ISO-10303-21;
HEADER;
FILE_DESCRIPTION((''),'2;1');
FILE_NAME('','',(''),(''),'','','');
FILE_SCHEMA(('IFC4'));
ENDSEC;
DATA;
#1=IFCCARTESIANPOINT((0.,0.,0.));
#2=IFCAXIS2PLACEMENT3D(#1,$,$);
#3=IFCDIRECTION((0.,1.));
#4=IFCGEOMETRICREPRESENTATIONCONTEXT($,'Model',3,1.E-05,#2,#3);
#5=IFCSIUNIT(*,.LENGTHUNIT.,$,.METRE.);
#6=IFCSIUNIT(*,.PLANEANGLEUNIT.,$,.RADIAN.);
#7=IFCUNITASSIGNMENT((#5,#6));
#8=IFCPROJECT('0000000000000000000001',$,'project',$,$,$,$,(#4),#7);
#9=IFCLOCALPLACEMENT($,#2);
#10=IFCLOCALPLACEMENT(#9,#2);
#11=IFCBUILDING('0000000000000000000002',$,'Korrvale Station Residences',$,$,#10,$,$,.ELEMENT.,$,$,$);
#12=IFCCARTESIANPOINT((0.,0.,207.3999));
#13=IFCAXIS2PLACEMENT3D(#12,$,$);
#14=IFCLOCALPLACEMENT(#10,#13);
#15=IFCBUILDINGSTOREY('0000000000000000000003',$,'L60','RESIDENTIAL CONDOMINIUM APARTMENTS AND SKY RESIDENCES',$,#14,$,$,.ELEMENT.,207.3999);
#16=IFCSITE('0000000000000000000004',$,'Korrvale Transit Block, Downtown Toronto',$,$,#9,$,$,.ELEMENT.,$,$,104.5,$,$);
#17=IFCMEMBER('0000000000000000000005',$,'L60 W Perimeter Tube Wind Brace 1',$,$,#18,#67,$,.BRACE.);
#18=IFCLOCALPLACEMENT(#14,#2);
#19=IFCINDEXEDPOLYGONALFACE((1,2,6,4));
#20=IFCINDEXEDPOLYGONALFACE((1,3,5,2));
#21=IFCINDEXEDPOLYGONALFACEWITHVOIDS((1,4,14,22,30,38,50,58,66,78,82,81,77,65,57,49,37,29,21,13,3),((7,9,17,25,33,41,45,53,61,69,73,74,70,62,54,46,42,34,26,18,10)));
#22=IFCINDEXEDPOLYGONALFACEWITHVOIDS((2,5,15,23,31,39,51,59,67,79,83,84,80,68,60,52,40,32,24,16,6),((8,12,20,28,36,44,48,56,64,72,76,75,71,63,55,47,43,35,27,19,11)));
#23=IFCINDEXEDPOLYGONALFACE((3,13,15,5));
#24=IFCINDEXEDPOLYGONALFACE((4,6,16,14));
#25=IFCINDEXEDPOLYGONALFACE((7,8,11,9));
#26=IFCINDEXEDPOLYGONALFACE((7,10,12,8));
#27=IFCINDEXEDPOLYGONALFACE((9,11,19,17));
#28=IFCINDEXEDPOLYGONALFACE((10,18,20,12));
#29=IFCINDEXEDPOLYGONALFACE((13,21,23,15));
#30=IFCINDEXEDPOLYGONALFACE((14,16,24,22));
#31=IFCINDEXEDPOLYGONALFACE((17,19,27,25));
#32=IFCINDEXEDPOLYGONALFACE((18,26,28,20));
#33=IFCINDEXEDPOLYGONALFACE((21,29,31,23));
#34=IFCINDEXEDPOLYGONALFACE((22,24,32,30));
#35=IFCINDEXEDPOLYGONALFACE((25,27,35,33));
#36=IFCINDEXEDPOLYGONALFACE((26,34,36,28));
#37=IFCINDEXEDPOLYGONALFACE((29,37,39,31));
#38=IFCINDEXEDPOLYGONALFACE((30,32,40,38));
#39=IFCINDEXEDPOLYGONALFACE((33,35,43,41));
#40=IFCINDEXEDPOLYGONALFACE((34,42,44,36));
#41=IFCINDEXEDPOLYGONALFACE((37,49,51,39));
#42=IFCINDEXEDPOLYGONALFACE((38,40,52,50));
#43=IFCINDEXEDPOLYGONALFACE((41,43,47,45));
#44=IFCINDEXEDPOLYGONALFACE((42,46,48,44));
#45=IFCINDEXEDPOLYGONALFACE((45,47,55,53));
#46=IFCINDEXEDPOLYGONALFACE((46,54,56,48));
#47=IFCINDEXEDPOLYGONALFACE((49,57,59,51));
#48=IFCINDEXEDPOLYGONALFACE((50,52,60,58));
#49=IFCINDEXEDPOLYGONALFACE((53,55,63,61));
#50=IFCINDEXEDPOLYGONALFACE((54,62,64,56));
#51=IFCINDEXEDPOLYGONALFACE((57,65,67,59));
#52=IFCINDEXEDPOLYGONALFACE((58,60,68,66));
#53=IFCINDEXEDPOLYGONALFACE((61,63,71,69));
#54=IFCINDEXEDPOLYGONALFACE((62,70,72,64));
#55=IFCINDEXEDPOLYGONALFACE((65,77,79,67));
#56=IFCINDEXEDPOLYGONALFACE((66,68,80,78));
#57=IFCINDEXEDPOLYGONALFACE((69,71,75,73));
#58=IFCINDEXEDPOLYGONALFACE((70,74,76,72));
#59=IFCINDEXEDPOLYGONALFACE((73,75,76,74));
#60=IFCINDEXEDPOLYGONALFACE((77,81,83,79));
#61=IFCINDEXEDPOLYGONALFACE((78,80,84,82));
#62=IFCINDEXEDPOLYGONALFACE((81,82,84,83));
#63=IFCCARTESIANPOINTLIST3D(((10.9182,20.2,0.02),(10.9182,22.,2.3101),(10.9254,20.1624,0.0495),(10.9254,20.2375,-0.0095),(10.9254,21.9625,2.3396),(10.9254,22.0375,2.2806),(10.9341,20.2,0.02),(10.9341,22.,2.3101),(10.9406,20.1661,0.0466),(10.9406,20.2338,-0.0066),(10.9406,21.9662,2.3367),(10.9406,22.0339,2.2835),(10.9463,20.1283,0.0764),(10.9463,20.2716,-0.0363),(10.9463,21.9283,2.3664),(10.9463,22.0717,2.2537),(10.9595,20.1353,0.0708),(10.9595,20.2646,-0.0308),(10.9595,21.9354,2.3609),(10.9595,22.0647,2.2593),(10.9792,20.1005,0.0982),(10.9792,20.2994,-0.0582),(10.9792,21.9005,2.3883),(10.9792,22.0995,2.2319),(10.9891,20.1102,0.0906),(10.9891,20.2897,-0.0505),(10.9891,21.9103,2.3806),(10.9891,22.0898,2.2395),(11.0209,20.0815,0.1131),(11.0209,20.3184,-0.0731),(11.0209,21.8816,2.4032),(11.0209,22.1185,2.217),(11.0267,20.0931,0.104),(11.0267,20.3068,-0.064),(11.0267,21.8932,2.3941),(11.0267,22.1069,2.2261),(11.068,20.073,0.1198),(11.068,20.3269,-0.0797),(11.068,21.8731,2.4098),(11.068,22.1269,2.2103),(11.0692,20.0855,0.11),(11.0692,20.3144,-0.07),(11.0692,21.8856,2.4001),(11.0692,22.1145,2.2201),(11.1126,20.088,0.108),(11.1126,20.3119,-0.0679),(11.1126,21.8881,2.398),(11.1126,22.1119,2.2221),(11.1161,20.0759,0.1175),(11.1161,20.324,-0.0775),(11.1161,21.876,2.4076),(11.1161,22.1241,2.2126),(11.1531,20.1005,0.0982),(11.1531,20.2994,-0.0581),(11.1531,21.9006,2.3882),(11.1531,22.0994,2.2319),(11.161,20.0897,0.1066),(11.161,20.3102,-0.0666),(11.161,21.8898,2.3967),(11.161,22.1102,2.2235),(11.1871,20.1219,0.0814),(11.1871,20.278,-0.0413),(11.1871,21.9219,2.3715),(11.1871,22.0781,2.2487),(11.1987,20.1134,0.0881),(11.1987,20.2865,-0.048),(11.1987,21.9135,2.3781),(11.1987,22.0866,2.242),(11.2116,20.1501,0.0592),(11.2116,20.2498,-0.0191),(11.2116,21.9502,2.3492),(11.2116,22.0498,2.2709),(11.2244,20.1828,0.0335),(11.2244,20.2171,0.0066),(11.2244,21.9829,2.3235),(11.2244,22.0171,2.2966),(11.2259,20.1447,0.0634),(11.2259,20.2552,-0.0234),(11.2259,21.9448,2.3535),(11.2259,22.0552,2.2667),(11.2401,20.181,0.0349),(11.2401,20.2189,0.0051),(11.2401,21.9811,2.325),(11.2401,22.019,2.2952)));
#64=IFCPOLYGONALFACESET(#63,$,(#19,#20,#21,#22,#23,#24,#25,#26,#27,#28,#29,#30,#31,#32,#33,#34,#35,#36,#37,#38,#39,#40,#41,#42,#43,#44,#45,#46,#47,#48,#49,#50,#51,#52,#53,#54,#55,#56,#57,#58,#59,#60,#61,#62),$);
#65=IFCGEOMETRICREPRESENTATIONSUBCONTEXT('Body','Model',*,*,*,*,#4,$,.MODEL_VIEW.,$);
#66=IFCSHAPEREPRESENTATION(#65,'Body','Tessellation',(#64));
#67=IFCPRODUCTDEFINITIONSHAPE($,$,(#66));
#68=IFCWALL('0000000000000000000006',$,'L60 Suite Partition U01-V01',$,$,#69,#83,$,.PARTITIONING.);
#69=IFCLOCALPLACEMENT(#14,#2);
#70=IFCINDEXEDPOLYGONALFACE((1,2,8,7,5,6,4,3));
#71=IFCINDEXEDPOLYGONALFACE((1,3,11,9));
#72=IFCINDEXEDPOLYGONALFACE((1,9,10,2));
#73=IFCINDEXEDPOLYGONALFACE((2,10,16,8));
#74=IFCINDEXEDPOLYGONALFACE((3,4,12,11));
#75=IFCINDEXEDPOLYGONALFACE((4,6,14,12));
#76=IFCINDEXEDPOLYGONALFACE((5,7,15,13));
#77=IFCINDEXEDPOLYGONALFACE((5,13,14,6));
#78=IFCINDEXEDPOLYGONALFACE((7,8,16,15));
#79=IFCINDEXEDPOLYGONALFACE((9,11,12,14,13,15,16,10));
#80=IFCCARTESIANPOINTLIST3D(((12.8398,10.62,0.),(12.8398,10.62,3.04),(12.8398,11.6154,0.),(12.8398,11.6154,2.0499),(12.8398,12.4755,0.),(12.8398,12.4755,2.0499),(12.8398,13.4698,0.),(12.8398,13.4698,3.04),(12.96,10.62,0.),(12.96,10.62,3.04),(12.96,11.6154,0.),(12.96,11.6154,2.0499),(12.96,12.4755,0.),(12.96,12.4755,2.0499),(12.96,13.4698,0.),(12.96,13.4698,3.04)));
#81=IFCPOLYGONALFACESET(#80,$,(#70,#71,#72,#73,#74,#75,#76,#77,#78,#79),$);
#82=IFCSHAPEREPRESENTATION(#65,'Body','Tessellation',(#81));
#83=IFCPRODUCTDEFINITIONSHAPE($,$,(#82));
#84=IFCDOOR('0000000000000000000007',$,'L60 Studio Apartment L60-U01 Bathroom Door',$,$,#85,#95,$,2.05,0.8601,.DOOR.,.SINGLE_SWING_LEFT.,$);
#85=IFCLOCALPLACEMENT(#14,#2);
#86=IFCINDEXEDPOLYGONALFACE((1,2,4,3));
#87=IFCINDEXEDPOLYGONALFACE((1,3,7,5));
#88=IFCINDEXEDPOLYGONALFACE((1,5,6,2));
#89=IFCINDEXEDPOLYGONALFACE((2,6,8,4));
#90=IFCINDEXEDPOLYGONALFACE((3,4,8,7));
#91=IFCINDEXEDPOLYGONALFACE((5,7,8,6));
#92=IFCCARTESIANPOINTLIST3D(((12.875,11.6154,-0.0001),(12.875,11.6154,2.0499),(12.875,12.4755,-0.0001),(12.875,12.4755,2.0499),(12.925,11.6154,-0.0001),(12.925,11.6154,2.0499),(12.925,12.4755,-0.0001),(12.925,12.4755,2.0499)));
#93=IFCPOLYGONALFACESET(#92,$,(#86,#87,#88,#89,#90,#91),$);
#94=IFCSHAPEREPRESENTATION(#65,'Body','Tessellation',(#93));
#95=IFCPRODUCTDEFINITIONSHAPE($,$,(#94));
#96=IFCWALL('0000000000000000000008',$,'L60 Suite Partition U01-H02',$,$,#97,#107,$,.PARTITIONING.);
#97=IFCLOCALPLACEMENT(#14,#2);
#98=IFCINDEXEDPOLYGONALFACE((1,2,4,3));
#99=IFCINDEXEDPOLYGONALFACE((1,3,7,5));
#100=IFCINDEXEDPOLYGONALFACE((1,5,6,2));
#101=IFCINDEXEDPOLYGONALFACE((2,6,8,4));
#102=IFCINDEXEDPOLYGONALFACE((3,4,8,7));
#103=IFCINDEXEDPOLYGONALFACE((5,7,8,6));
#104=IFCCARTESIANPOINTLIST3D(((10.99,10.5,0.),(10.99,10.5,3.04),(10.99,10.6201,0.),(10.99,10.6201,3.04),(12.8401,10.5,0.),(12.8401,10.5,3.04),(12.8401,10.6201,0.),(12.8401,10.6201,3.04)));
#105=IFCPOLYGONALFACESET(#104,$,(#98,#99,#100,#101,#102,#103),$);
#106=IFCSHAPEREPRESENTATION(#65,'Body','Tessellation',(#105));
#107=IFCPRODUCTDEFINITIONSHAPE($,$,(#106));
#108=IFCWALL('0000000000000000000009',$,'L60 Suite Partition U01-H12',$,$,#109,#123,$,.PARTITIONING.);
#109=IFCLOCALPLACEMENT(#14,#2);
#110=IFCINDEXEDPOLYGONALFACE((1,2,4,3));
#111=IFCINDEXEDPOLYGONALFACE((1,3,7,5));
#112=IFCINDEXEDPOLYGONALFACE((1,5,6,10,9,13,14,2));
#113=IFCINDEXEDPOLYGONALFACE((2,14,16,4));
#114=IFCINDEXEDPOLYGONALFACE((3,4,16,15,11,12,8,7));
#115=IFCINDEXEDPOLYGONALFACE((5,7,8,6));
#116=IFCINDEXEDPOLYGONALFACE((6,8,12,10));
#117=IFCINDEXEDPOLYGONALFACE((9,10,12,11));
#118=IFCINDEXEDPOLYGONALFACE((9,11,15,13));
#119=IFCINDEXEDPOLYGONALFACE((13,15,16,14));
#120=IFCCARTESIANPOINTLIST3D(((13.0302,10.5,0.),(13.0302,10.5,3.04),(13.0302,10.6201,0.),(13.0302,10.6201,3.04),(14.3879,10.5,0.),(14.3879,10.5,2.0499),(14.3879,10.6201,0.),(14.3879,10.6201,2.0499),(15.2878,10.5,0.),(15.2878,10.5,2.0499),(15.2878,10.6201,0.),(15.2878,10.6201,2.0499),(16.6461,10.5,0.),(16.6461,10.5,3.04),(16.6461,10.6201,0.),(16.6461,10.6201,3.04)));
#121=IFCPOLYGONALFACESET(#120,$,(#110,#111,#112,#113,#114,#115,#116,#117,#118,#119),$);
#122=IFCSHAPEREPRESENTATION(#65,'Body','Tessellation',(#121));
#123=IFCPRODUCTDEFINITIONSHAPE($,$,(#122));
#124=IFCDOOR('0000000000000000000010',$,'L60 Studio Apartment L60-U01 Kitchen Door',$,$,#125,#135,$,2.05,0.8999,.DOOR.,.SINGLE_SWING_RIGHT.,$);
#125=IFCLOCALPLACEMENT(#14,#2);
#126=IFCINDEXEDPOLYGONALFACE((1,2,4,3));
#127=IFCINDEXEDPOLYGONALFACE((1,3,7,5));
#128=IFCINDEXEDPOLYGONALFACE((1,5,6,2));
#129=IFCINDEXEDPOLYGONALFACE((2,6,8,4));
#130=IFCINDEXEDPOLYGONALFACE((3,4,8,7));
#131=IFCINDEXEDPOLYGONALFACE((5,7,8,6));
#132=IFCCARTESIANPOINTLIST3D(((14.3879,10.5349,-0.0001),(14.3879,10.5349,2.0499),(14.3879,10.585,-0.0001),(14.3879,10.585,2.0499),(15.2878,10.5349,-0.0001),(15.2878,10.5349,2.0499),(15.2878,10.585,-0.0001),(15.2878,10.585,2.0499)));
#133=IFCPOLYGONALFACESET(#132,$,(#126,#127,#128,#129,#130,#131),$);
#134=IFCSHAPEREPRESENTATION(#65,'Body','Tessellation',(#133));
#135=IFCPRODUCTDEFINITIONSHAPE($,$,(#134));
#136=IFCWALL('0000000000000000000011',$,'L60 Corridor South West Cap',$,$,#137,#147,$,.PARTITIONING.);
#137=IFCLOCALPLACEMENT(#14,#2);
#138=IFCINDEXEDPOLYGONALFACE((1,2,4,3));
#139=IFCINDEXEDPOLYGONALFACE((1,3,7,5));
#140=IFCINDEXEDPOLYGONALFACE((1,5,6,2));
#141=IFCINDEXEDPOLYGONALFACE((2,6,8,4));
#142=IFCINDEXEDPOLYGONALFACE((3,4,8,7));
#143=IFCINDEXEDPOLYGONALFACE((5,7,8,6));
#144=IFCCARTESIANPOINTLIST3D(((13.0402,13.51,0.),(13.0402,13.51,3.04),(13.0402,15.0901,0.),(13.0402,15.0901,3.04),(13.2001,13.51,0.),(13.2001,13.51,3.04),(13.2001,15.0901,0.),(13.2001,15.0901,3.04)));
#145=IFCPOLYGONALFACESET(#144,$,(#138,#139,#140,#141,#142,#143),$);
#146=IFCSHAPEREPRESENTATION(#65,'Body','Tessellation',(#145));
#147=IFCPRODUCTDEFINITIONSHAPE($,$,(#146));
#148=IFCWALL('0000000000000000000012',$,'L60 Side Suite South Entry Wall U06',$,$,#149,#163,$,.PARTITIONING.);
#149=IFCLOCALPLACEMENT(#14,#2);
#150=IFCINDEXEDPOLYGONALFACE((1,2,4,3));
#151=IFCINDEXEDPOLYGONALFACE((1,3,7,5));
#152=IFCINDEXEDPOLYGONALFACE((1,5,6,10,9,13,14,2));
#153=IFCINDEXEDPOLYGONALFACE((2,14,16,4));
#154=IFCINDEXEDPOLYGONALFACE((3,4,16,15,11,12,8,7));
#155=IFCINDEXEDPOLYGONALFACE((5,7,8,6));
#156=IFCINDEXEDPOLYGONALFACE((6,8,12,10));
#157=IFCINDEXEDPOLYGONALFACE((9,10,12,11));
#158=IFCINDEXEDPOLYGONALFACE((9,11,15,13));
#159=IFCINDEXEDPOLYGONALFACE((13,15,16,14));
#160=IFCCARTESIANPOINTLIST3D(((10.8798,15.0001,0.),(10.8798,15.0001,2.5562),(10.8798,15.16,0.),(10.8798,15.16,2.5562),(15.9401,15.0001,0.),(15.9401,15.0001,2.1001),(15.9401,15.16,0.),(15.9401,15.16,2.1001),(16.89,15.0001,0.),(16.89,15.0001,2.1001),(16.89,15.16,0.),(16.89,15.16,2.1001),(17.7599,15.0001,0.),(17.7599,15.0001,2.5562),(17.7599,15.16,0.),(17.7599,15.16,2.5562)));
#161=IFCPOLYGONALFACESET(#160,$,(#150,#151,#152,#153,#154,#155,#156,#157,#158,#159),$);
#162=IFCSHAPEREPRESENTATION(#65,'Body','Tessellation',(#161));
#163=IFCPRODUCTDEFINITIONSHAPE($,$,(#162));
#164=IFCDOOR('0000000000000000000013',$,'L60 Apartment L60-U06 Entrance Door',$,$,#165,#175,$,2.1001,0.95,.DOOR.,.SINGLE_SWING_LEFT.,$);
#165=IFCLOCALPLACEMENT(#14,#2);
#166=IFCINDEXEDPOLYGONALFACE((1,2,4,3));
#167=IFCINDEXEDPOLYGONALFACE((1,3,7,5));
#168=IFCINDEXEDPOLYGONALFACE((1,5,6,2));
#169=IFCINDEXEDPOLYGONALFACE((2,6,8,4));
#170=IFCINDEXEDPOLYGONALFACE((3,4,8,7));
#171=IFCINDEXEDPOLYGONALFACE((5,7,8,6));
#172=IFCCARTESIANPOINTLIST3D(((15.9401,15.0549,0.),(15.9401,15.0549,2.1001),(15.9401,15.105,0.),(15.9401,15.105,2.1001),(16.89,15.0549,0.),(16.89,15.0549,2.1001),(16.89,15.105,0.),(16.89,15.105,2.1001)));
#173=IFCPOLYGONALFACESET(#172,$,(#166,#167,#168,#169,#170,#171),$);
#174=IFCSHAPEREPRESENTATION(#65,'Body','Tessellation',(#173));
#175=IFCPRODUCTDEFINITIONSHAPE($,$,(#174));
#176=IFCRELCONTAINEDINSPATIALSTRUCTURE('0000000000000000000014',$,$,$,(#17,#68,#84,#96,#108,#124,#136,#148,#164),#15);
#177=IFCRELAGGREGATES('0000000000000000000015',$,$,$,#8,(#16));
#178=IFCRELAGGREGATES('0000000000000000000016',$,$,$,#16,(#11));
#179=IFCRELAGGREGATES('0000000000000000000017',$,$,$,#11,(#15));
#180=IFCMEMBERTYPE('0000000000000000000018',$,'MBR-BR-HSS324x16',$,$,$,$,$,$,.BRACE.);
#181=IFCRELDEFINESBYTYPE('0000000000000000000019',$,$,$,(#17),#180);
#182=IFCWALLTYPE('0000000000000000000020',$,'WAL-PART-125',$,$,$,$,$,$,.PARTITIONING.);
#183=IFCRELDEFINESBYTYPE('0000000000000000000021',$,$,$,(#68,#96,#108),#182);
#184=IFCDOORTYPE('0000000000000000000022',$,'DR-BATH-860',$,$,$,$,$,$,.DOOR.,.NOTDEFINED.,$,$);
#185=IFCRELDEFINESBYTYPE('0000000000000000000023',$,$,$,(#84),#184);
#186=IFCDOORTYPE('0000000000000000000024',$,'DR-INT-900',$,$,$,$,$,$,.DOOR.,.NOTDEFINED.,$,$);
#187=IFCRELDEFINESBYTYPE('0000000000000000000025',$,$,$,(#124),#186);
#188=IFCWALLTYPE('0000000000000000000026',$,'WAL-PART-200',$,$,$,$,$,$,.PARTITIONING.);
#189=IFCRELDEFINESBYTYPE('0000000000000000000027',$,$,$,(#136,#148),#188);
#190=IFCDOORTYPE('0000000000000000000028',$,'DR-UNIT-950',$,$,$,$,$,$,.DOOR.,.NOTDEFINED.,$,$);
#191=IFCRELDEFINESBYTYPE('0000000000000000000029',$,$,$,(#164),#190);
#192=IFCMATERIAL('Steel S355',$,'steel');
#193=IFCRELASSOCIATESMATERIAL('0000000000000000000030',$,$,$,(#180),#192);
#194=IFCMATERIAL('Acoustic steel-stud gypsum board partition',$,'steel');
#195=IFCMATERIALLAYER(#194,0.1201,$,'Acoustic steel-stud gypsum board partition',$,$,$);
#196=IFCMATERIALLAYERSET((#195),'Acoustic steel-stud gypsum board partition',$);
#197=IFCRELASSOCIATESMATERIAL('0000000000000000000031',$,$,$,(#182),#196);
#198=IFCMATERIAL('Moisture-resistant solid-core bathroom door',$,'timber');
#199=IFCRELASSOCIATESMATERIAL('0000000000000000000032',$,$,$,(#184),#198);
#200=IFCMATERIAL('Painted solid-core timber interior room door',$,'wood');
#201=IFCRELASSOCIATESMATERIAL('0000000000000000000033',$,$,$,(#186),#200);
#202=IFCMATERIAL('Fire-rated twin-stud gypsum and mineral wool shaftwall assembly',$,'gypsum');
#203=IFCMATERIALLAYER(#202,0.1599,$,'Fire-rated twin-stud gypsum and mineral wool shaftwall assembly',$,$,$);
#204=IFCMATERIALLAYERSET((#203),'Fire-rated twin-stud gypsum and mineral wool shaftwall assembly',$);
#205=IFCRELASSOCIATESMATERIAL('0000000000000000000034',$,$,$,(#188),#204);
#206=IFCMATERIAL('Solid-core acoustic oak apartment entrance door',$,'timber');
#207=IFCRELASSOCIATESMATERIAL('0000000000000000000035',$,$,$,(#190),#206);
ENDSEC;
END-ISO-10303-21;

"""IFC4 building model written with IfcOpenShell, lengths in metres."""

from ifc_helpers import new_model, si_unit, direction, frame, frame_2d, origin, origin_2d, place, context, subcontext, project, spatial, rectangle, hollow_circle, extrude, material, layer, layer_set, material_profile, profile_set, type_object, element, fill, save


model = new_model("IFC4")

# Units and contexts
model_context = context("Model", 3, precision=1e-05, world=origin(), true_north=direction((0.0, 1.0)))
body_context = subcontext(model_context, "Body", "Model", "MODEL_VIEW")
ifc_project = project(units=[si_unit("LENGTHUNIT", "METRE"), si_unit("PLANEANGLEUNIT", "RADIAN")], contexts=[model_context])

# Site, building, storey
site_placement = place(None, origin())
site = spatial("IfcSite", under=ifc_project, at=site_placement, Name="Korrvale Transit Block, Downtown Toronto", CompositionType="ELEMENT", RefElevation=104.5)
building_placement = place(site_placement, origin())
building = spatial("IfcBuilding", under=site, at=building_placement, Name="Korrvale Station Residences", CompositionType="ELEMENT")
storey_placement = place(building_placement, frame((0.0, 0.0, 207.3999)))
storey = spatial("IfcBuildingStorey", under=building, at=storey_placement, Name="L60", Description="RESIDENTIAL CONDOMINIUM APARTMENTS AND SKY RESIDENCES", CompositionType="ELEMENT", Elevation=207.3999)

# Shared definitions
ifc_material_1 = material(Name="Steel S355", Category="steel")

# Member
ifc_material_profile_1 = material_profile(ifc_material_1, hollow_circle(Radius=0.1619, WallThickness=0.0159, at=origin_2d()), Name="HSS324x16")
ifc_profile_set_1 = profile_set([ifc_material_profile_1], Name="Steel S355")
member_type = type_object("IfcMemberType", Name="MBR-BR-HSS324x16", PredefinedType="BRACE", material=ifc_profile_set_1)
member_placement = place(storey_placement, frame((11.0801, 20.2, 0.02), z_axis=(0.0, 0.617977, 0.786196), x_axis=(-1.0, 0.0, 0.0)))
element("IfcMember", 1, at=member_placement, inside=storey, type_object=member_type, Name="L60 W Perimeter Tube Wind Brace 1", PredefinedType="BRACE", context=body_context, shape_type="SweptSolid", body=[
    extrude(hollow_circle(Radius=0.1619, WallThickness=0.0159, at=origin_2d()), origin(), (0.0, 0.0, 1.0), 2.9128),
])

# Wall, opening, door
ifc_material_2 = material(Name="Acoustic steel-stud gypsum board partition", Category="steel")
ifc_layer_1 = layer(ifc_material_2, 0.1201, Name="Acoustic steel-stud gypsum board partition")
ifc_layer_set_1 = layer_set([ifc_layer_1], Name="Acoustic steel-stud gypsum board partition")
wall_type_1 = type_object("IfcWallType", Name="WAL-PART-125", PredefinedType="PARTITIONING", material=ifc_layer_set_1)
wall_1_placement = place(storey_placement, frame((12.8999, 10.6201, 0.0), z_axis=(0.0, 0.0, 1.0), x_axis=(0.0, 1.0, 0.0)))
wall_1 = element("IfcWall", 2, at=wall_1_placement, inside=storey, type_object=wall_type_1, Name="L60 Suite Partition U01-V01", PredefinedType="PARTITIONING", context=body_context, shape_type="SweptSolid", body=[
    extrude(rectangle(XDim=2.8499, YDim=0.1201, at=frame_2d((1.4248, 0.0))), origin(), (0.0, 0.0, 1.0), 3.04),
])
opening_1_placement = place(wall_1_placement, frame((0.9951, 0.0, 0.0)))
opening_1 = element("IfcOpeningElement", 3, at=opening_1_placement, cuts=wall_1, PredefinedType="OPENING", context=body_context, shape_type="SweptSolid", body=[
    extrude(rectangle(XDim=0.8601, YDim=2.05, at=frame_2d((0.4302, 1.0249))), frame((0.0, 0.0701, 0.0), z_axis=(0.0, -1.0, 0.0), x_axis=(1.0, 0.0, 0.0)), (0.0, 0.0, 1.0), 0.1401),
])
ifc_material_3 = material(Name="Moisture-resistant solid-core bathroom door", Category="timber")
door_type_1 = type_object("IfcDoorType", Name="DR-BATH-860", OperationType="NOTDEFINED", PredefinedType="DOOR", material=ifc_material_3)
door_1_placement = place(opening_1_placement, origin())
door_1 = element("IfcDoor", 4, at=door_1_placement, inside=storey, type_object=door_type_1, Name="L60 Studio Apartment L60-U01 Bathroom Door", OperationType="SINGLE_SWING_LEFT", OverallHeight=2.05, OverallWidth=0.8601, PredefinedType="DOOR", context=body_context, shape_type="SweptSolid", body=[
    extrude(rectangle(XDim=0.8601, YDim=2.05, at=frame_2d((0.4302, 1.0249))), frame((0.0, 0.0249, 0.0), z_axis=(0.0, -1.0, 0.0), x_axis=(1.0, 0.0, 0.0)), (0.0, 0.0, 1.0), 0.05),
])
fill(opening_1, door_1)

# Wall
wall_2_placement = place(storey_placement, frame((10.99, 10.5601, 0.0), z_axis=(0.0, 0.0, 1.0), x_axis=(1.0, 0.0, 0.0)))
element("IfcWall", 5, at=wall_2_placement, inside=storey, type_object=wall_type_1, Name="L60 Suite Partition U01-H02", PredefinedType="PARTITIONING", context=body_context, shape_type="SweptSolid", body=[
    extrude(rectangle(XDim=1.8501, YDim=0.1201, at=frame_2d((0.925, 0.0))), origin(), (0.0, 0.0, 1.0), 3.04),
])

# Wall, opening, door
wall_3_placement = place(storey_placement, frame((13.03, 10.5601, 0.0), z_axis=(0.0, 0.0, 1.0), x_axis=(1.0, 0.0, 0.0)))
wall_3 = element("IfcWall", 6, at=wall_3_placement, inside=storey, type_object=wall_type_1, Name="L60 Suite Partition U01-H12", PredefinedType="PARTITIONING", context=body_context, shape_type="SweptSolid", body=[
    extrude(rectangle(XDim=3.616, YDim=0.1201, at=frame_2d((1.8081, 0.0))), origin(), (0.0, 0.0, 1.0), 3.04),
])
opening_2_placement = place(wall_3_placement, frame((1.3579, 0.0, 0.0)))
opening_2 = element("IfcOpeningElement", 7, at=opening_2_placement, cuts=wall_3, PredefinedType="OPENING", context=body_context, shape_type="SweptSolid", body=[
    extrude(rectangle(XDim=0.8999, YDim=2.05, at=frame_2d((0.45, 1.0249))), frame((0.0, 0.0701, 0.0), z_axis=(0.0, -1.0, 0.0), x_axis=(1.0, 0.0, 0.0)), (0.0, 0.0, 1.0), 0.1401),
])
ifc_material_4 = material(Name="Painted solid-core timber interior room door", Category="wood")
door_type_2 = type_object("IfcDoorType", Name="DR-INT-900", OperationType="NOTDEFINED", PredefinedType="DOOR", material=ifc_material_4)
door_2_placement = place(opening_2_placement, origin())
door_2 = element("IfcDoor", 8, at=door_2_placement, inside=storey, type_object=door_type_2, Name="L60 Studio Apartment L60-U01 Kitchen Door", OperationType="SINGLE_SWING_RIGHT", OverallHeight=2.05, OverallWidth=0.8999, PredefinedType="DOOR", context=body_context, shape_type="SweptSolid", body=[
    extrude(rectangle(XDim=0.8999, YDim=2.05, at=frame_2d((0.45, 1.0249))), frame((0.0, 0.0249, 0.0), z_axis=(0.0, -1.0, 0.0), x_axis=(1.0, 0.0, 0.0)), (0.0, 0.0, 1.0), 0.05),
])
fill(opening_2, door_2)

# Wall
ifc_material_5 = material(Name="Fire-rated twin-stud gypsum and mineral wool shaftwall assembly", Category="gypsum")
ifc_layer_2 = layer(ifc_material_5, 0.1599, Name="Fire-rated twin-stud gypsum and mineral wool shaftwall assembly")
ifc_layer_set_2 = layer_set([ifc_layer_2], Name="Fire-rated twin-stud gypsum and mineral wool shaftwall assembly")
wall_type_2 = type_object("IfcWallType", Name="WAL-PART-200", PredefinedType="PARTITIONING", material=ifc_layer_set_2)
wall_4_placement = place(storey_placement, frame((13.1201, 13.51, 0.0), z_axis=(0.0, 0.0, 1.0), x_axis=(0.0, 1.0, 0.0)))
element("IfcWall", 9, at=wall_4_placement, inside=storey, type_object=wall_type_2, Name="L60 Corridor South West Cap", PredefinedType="PARTITIONING", context=body_context, shape_type="SweptSolid", body=[
    extrude(rectangle(XDim=1.5801, YDim=0.1599, at=frame_2d((0.79, 0.0))), origin(), (0.0, 0.0, 1.0), 3.04),
])

# Wall, opening, door
wall_5_placement = place(storey_placement, frame((10.8799, 15.0801, 0.0), z_axis=(0.0, 0.0, 1.0), x_axis=(1.0, 0.0, 0.0)))
wall_5 = element("IfcWall", 10, at=wall_5_placement, inside=storey, type_object=wall_type_2, Name="L60 Side Suite South Entry Wall U06", PredefinedType="PARTITIONING", context=body_context, shape_type="SweptSolid", body=[
    extrude(rectangle(XDim=6.8801, YDim=0.1599, at=frame_2d((3.4399, 0.0))), origin(), (0.0, 0.0, 1.0), 2.5562),
])
opening_3_placement = place(wall_5_placement, frame((5.0601, 0.0, 0.0)))
opening_3 = element("IfcOpeningElement", 11, at=opening_3_placement, cuts=wall_5, PredefinedType="OPENING", context=body_context, shape_type="SweptSolid", body=[
    extrude(rectangle(XDim=0.95, YDim=2.1001, at=frame_2d((0.4751, 1.05))), frame((0.0, 0.0898, 0.0), z_axis=(0.0, -1.0, 0.0), x_axis=(1.0, 0.0, 0.0)), (0.0, 0.0, 1.0), 0.1799),
])
ifc_material_6 = material(Name="Solid-core acoustic oak apartment entrance door", Category="timber")
door_type_3 = type_object("IfcDoorType", Name="DR-UNIT-950", OperationType="NOTDEFINED", PredefinedType="DOOR", material=ifc_material_6)
door_3_placement = place(opening_3_placement, origin())
door_3 = element("IfcDoor", 12, at=door_3_placement, inside=storey, type_object=door_type_3, Name="L60 Apartment L60-U06 Entrance Door", OperationType="SINGLE_SWING_LEFT", OverallHeight=2.1001, OverallWidth=0.95, PredefinedType="DOOR", context=body_context, shape_type="SweptSolid", body=[
    extrude(rectangle(XDim=0.95, YDim=2.1001, at=frame_2d((0.4751, 1.05))), frame((0.0, 0.0249, 0.0), z_axis=(0.0, -1.0, 0.0), x_axis=(1.0, 0.0, 0.0)), (0.0, 0.0, 1.0), 0.05),
])
fill(opening_3, door_3)

save(model, "model.ifc")
